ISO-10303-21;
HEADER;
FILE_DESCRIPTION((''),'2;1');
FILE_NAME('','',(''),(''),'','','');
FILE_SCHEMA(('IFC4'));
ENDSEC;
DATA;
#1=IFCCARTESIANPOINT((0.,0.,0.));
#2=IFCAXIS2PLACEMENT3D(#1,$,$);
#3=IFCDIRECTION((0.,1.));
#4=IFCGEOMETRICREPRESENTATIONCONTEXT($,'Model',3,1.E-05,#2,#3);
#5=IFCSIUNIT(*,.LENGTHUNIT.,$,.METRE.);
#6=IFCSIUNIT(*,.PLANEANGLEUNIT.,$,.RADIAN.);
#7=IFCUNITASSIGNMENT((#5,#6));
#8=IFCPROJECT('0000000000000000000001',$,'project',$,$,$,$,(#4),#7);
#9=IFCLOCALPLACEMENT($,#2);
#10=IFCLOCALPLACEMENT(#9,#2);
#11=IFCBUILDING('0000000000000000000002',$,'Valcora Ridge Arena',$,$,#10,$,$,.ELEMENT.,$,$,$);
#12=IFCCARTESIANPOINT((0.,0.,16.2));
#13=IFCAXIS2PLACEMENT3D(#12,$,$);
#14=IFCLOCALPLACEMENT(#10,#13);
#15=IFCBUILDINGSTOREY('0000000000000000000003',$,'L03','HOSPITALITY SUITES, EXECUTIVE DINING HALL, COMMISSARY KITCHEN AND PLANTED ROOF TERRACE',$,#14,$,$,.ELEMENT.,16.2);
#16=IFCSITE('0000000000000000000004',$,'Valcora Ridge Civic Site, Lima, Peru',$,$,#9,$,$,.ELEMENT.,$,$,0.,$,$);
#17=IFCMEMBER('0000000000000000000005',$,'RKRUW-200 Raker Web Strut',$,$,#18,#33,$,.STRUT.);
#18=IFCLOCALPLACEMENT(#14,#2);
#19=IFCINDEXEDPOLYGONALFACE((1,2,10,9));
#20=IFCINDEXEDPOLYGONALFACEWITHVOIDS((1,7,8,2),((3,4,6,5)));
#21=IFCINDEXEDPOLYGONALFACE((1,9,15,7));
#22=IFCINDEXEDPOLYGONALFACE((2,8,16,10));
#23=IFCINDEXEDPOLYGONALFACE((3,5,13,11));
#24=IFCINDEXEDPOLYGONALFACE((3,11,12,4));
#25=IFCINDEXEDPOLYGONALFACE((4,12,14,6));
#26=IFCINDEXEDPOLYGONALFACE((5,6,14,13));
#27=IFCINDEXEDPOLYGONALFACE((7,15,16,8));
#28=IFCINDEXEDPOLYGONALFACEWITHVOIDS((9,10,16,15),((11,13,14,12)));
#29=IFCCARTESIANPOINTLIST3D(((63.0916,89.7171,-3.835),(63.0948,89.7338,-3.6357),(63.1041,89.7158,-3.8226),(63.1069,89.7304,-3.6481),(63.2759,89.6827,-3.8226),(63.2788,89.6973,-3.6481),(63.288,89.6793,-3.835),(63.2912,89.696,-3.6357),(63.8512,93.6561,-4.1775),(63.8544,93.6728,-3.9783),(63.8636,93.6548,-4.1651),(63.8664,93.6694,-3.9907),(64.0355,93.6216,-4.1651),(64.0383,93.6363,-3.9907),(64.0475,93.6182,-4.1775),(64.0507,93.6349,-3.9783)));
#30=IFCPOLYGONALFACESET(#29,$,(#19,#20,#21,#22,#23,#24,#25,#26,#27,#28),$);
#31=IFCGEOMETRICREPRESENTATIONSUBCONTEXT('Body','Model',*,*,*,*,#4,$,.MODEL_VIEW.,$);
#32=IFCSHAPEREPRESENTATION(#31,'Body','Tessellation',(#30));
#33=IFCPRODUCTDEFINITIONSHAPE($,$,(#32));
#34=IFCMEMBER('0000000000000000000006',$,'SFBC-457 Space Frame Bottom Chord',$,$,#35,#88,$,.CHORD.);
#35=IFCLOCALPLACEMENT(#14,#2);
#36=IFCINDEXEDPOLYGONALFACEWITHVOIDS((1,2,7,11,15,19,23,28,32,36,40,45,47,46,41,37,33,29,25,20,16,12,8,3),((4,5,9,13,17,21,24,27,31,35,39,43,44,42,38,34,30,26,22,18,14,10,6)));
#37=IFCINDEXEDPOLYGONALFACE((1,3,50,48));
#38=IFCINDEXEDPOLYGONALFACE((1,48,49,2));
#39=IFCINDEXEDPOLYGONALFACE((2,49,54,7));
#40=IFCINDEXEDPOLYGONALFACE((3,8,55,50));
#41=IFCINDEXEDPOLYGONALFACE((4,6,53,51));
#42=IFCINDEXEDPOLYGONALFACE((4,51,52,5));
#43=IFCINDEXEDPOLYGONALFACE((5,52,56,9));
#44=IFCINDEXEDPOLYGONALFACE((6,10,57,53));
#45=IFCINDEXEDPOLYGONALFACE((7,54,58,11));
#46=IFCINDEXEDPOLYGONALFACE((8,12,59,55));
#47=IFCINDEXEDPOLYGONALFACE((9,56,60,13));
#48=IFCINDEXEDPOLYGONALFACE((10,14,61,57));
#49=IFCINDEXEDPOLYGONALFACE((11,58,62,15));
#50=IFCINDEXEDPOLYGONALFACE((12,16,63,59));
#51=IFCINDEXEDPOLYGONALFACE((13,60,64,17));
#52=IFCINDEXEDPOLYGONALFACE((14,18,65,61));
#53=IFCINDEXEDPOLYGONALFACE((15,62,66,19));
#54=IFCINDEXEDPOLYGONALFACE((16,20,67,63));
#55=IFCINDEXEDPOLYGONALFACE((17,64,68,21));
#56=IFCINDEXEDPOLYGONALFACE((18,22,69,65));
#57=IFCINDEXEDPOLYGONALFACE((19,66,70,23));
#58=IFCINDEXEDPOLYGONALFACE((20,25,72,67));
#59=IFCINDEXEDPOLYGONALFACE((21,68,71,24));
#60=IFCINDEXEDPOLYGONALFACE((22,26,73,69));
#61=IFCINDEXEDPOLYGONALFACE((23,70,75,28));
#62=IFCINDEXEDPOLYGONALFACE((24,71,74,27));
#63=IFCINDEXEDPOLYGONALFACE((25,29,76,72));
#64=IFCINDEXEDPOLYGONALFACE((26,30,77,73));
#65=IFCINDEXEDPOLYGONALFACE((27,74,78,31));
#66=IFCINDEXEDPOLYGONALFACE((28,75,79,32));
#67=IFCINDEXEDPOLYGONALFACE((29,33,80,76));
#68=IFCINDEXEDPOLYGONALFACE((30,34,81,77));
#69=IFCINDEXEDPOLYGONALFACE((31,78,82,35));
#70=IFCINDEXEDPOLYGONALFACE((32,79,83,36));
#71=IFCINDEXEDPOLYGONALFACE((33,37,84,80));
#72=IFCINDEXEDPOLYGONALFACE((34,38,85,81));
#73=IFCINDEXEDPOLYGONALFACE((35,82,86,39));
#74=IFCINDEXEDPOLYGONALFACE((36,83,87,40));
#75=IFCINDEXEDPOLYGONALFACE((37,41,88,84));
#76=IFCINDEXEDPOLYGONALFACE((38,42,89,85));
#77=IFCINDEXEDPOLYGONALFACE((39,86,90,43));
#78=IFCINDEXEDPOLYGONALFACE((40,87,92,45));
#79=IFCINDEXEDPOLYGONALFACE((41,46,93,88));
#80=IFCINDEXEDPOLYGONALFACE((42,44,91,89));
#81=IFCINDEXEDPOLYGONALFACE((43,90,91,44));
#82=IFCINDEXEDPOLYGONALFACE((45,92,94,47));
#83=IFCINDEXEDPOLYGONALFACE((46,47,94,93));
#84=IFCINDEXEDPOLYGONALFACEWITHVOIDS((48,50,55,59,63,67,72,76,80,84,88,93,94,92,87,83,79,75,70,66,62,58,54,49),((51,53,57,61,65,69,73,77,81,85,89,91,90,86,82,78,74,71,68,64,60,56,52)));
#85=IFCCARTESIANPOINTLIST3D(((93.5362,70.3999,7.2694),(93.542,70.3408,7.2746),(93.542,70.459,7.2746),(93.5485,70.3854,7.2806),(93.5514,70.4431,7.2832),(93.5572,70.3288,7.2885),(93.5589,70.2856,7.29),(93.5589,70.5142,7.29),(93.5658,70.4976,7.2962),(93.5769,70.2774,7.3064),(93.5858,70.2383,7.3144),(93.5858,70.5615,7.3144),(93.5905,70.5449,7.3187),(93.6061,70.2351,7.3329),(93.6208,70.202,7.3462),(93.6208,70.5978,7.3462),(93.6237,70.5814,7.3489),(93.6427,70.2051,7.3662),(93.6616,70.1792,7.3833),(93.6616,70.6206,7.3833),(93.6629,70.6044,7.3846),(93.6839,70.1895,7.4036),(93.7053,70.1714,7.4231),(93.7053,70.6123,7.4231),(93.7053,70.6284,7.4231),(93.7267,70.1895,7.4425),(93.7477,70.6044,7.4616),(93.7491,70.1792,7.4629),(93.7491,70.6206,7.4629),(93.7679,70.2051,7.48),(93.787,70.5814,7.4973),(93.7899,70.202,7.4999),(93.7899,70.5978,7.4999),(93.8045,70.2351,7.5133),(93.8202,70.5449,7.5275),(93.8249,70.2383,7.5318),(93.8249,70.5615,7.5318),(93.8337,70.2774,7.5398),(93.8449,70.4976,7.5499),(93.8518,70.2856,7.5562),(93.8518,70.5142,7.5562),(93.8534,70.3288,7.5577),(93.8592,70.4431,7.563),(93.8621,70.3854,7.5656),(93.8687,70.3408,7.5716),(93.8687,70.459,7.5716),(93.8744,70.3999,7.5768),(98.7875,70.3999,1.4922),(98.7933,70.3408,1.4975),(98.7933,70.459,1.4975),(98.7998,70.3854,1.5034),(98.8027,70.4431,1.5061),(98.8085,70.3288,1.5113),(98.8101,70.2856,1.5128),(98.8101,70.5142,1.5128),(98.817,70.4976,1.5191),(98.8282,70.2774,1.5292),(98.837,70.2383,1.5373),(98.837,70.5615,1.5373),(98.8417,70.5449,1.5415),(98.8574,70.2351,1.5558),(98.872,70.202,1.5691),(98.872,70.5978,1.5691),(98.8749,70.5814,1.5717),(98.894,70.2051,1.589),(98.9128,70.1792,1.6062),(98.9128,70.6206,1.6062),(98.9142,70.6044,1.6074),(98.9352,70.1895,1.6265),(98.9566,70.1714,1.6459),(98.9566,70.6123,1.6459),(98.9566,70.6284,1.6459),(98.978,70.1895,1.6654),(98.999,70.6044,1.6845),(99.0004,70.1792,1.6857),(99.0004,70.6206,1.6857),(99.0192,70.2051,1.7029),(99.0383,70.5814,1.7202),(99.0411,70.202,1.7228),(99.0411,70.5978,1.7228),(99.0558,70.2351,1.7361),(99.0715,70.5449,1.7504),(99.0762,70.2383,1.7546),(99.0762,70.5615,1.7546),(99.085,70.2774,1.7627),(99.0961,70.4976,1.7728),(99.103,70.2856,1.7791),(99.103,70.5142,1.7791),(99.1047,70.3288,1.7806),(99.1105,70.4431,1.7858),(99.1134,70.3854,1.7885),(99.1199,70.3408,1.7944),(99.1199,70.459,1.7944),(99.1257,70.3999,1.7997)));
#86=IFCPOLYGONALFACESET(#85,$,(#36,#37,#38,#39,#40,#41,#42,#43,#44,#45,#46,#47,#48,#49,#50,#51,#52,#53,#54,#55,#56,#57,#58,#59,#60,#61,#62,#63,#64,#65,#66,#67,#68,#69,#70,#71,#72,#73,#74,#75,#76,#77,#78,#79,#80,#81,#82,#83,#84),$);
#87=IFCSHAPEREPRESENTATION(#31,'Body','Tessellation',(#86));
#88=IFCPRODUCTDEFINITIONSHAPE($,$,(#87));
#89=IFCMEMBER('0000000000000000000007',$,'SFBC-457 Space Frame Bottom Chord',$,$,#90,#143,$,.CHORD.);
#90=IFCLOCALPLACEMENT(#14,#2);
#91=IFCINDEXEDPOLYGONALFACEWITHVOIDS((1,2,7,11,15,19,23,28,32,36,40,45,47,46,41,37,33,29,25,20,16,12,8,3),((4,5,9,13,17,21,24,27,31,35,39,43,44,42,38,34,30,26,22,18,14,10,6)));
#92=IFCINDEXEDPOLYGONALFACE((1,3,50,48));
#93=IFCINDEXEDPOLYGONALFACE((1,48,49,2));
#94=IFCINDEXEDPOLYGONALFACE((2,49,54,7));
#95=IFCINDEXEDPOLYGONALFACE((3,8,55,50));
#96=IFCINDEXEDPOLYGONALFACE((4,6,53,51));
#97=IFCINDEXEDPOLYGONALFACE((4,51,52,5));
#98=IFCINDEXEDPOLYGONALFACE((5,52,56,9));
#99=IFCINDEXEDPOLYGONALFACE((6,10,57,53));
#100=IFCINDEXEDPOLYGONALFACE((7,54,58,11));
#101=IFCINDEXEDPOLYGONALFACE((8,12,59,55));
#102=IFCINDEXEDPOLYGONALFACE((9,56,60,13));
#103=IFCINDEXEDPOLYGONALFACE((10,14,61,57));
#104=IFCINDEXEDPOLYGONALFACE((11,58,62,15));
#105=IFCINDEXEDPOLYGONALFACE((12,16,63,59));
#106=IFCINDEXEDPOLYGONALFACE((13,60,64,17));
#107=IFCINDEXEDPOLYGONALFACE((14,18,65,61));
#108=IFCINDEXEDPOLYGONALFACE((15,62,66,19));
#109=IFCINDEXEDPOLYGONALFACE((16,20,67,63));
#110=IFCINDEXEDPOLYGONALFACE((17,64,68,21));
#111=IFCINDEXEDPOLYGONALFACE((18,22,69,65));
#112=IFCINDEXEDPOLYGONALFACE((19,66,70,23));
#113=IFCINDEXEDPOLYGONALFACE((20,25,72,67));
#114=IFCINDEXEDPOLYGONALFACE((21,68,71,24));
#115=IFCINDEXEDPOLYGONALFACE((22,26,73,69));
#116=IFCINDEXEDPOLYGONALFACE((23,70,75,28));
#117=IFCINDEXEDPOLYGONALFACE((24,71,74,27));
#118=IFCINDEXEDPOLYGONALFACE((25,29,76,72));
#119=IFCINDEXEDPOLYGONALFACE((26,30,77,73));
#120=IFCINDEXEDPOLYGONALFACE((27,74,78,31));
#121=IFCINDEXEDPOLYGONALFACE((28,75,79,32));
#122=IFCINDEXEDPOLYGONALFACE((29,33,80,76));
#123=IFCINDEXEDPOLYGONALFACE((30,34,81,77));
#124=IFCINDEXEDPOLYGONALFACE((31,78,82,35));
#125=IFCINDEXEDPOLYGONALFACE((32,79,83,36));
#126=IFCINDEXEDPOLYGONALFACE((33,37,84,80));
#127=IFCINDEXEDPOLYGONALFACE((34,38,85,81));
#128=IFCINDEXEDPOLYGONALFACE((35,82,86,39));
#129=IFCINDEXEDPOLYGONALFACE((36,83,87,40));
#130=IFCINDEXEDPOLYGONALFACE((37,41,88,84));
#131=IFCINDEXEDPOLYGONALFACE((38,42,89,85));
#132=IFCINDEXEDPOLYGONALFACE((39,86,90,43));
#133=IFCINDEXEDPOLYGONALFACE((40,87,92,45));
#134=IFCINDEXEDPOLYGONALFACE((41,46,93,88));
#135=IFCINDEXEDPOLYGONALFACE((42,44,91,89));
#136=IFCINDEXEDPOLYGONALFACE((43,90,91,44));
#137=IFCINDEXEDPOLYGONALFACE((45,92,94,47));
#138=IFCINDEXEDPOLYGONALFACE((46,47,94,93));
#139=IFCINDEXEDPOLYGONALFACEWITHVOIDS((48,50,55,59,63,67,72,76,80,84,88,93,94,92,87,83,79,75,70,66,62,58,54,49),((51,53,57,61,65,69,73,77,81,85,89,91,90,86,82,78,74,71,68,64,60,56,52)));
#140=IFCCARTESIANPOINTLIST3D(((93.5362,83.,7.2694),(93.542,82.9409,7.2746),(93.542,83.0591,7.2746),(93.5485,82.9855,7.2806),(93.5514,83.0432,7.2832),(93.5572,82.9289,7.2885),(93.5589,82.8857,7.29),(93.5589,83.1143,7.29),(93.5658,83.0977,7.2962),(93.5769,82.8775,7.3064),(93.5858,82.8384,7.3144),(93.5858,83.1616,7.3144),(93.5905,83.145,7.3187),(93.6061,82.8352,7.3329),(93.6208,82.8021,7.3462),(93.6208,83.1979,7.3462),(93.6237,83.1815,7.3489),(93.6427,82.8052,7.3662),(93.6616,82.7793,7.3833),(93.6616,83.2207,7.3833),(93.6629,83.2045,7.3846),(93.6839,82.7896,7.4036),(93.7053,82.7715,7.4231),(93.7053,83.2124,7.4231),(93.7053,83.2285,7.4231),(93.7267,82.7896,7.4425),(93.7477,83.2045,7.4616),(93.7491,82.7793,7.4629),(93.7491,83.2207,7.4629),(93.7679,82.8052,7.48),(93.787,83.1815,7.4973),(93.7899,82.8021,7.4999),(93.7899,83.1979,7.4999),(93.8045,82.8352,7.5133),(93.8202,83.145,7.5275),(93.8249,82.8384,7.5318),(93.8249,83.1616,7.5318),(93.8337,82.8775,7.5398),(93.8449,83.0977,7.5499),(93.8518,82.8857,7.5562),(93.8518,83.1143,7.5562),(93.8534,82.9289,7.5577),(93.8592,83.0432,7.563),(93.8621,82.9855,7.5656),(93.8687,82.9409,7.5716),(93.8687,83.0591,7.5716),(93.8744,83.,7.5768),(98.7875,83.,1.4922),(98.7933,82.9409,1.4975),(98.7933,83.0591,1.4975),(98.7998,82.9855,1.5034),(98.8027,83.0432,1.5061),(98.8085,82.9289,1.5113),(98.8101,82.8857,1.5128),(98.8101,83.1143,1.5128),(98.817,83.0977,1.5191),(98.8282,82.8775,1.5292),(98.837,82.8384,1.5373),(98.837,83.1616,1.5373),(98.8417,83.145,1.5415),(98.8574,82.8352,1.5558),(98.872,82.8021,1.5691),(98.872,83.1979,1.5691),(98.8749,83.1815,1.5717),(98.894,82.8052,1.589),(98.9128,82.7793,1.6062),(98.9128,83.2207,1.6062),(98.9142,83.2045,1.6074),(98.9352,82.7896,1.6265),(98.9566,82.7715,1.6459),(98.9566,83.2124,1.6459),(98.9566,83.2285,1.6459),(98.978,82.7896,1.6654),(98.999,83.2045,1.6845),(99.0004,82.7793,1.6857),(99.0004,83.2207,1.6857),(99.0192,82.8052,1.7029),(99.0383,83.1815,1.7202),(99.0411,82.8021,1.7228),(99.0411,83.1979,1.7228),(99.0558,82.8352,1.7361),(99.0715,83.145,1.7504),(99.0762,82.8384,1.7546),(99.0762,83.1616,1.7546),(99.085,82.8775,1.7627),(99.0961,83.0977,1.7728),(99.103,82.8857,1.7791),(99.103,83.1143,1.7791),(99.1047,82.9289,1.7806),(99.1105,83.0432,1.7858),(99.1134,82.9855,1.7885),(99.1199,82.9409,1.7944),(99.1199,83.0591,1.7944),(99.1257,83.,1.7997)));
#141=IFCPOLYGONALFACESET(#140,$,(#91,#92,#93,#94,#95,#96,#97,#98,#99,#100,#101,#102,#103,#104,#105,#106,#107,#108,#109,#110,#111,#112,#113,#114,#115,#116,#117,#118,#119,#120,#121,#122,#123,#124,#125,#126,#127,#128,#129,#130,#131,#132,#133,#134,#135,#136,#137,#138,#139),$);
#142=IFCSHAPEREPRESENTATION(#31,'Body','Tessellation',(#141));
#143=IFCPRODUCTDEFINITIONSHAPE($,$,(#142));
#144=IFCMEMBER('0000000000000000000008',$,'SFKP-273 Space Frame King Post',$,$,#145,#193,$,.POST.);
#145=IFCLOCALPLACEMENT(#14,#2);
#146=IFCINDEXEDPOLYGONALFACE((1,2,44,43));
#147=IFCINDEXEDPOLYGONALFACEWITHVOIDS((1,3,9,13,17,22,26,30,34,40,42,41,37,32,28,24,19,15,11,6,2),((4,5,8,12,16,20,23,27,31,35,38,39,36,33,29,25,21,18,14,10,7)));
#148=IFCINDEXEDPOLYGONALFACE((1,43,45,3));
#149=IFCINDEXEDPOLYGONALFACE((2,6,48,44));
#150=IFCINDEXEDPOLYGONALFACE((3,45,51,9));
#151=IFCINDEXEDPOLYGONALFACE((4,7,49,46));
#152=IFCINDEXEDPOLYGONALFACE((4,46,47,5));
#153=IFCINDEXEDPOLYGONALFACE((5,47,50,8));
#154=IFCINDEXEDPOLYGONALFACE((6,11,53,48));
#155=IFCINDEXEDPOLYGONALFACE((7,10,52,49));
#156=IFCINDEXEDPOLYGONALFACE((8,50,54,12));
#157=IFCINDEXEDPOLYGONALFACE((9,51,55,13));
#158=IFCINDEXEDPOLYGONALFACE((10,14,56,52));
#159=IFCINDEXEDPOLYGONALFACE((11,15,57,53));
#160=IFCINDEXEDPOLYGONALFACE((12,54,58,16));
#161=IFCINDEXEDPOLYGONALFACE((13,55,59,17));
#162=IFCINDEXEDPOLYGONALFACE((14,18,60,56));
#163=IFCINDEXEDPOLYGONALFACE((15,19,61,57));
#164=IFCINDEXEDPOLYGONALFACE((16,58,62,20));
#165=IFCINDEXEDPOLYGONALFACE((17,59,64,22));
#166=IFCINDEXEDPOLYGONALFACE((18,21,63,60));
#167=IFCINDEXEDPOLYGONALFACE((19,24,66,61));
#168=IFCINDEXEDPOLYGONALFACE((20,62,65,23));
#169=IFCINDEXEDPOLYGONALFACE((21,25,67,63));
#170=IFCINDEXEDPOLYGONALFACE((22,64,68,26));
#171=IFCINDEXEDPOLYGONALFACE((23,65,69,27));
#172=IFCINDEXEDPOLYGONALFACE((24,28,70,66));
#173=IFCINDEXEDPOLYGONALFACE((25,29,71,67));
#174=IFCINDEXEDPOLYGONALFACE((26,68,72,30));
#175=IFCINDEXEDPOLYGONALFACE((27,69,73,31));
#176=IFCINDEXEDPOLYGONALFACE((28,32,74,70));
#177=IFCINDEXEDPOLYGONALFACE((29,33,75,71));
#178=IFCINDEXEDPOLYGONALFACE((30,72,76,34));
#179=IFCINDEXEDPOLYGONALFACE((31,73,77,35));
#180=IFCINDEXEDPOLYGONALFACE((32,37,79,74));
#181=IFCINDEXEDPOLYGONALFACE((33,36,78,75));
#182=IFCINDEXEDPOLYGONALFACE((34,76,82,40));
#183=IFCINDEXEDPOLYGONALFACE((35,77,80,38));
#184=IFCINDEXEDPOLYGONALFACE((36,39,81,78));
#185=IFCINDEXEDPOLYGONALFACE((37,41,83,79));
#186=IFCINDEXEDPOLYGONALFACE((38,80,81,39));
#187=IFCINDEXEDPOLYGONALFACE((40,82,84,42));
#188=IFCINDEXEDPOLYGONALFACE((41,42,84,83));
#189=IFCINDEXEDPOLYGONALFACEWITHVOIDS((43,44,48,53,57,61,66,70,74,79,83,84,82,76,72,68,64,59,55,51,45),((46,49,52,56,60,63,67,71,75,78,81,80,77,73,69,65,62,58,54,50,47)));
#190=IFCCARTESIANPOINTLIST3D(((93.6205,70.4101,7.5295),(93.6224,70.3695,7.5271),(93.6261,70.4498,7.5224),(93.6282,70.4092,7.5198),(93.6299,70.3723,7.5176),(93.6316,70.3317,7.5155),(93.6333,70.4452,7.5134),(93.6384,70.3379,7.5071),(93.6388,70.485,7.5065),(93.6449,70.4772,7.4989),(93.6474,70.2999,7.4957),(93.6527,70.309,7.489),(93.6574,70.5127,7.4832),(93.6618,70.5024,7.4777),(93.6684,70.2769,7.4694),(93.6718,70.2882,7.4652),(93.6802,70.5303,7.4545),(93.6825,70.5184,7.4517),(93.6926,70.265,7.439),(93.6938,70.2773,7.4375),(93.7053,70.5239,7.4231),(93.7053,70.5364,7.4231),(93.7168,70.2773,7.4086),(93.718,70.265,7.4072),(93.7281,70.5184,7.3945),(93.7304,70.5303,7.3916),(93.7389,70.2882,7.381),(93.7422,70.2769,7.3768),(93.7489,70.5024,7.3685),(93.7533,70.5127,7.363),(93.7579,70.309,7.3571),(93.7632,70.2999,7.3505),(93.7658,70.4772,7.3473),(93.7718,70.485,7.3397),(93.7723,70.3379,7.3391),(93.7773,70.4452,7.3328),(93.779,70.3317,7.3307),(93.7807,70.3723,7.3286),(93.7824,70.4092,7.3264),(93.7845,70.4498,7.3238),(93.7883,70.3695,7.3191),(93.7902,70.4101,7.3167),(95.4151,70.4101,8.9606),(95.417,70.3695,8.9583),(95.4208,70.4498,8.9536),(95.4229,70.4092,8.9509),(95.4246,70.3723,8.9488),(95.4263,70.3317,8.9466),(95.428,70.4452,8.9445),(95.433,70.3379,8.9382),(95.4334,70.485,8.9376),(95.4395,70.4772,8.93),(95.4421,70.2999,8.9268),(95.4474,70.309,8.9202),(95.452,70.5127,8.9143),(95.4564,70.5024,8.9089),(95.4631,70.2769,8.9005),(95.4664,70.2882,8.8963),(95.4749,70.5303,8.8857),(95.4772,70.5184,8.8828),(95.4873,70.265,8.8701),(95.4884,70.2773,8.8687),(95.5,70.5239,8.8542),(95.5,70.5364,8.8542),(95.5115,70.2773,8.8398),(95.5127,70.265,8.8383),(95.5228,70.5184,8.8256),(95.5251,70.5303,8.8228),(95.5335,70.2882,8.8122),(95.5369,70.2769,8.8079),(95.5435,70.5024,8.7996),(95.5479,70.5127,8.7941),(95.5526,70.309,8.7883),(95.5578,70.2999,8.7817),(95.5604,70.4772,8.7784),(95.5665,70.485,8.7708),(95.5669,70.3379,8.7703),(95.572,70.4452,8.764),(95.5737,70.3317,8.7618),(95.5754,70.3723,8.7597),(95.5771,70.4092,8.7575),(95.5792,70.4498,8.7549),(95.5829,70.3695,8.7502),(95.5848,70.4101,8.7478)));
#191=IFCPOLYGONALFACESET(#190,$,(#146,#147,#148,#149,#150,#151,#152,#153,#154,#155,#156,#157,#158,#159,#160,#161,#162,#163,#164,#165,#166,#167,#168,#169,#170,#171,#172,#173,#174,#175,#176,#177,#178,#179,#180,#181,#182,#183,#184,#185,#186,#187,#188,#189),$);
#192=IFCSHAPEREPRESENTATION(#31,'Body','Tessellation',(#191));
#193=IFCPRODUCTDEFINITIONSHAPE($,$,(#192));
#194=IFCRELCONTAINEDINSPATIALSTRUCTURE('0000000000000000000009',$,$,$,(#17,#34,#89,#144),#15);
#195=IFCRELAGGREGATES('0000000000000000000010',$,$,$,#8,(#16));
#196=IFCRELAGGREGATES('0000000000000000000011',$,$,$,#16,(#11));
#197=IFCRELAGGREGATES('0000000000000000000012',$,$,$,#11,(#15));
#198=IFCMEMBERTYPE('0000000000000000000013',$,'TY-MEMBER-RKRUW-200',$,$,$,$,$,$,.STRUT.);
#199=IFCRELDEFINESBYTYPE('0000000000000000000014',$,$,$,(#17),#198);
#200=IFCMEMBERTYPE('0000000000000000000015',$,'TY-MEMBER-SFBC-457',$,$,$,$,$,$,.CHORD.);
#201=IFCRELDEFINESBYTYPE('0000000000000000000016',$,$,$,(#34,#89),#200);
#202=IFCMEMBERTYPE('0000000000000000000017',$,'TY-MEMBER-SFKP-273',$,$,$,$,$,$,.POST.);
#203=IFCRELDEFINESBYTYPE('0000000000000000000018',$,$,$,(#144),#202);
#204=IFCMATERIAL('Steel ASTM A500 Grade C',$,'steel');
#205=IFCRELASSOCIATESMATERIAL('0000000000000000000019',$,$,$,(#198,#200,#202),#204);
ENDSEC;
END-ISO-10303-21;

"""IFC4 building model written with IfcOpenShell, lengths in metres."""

from ifc_helpers import new_model, si_unit, direction, frame, origin, origin_2d, place, context, subcontext, project, spatial, hollow_rectangle, hollow_circle, extrude, material, material_profile, profile_set, type_object, element, save


model = new_model("IFC4")

# Units and contexts
model_context = context("Model", 3, precision=1e-05, world=origin(), true_north=direction((0.0, 1.0)))
body_context = subcontext(model_context, "Body", "Model", "MODEL_VIEW")
ifc_project = project(units=[si_unit("LENGTHUNIT", "METRE"), si_unit("PLANEANGLEUNIT", "RADIAN")], contexts=[model_context])

# Site, building, storey
site_placement = place(None, origin())
site = spatial("IfcSite", under=ifc_project, at=site_placement, Name="Valcora Ridge Civic Site, Lima, Peru", CompositionType="ELEMENT", RefElevation=0.0)
building_placement = place(site_placement, origin())
building = spatial("IfcBuilding", under=site, at=building_placement, Name="Valcora Ridge Arena", CompositionType="ELEMENT")
storey_placement = place(building_placement, frame((0.0, 0.0, 16.2)))
storey = spatial("IfcBuildingStorey", under=building, at=storey_placement, Name="L03", Description="HOSPITALITY SUITES, EXECUTIVE DINING HALL, COMMISSARY KITCHEN AND PLANTED ROOF TERRACE", CompositionType="ELEMENT", Elevation=16.2)

# Members
ifc_material_1 = material(Name="Steel ASTM A500 Grade C", Category="steel")
ifc_material_profile_1 = material_profile(ifc_material_1, hollow_rectangle(XDim=0.2, YDim=0.2, WallThickness=0.0125, at=origin_2d()), Name="HSS200X200X12")
ifc_profile_set_1 = profile_set([ifc_material_profile_1], Name="Steel ASTM A500 Grade C")
member_type_1 = type_object("IfcMemberType", Name="TY-MEMBER-RKRUW-200", PredefinedType="STRUT", material=ifc_profile_set_1)
member_1_placement = place(storey_placement, frame((63.1914, 89.7065, -3.7354), z_axis=(0.188648, 0.978353, -0.085077), x_axis=(-0.981913, 0.189335, 0.0)))
element("IfcMember", 1, at=member_1_placement, inside=storey, type_object=member_type_1, Name="RKRUW-200 Raker Web Strut", PredefinedType="STRUT", context=body_context, shape_type="SweptSolid", body=[
    extrude(hollow_rectangle(XDim=0.2, YDim=0.2, WallThickness=0.0125, at=origin_2d()), origin(), (0.0, 0.0, 1.0), 4.0261),
])
ifc_material_profile_2 = material_profile(ifc_material_1, hollow_circle(Radius=0.2285, WallThickness=0.0161, at=origin_2d()), Name="CHS457X16")
ifc_profile_set_2 = profile_set([ifc_material_profile_2], Name="Steel ASTM A500 Grade C")
member_type_2 = type_object("IfcMemberType", Name="TY-MEMBER-SFBC-457", PredefinedType="CHORD", material=ifc_profile_set_2)
for number, where, z_axis, x_axis, name in (
    (2, (93.7053, 70.3999, 7.4231), (0.672625, 0.0, -0.739984), (0.0, 1.0, 0.0), "SFBC-457 Space Frame Bottom Chord"),
    (3, (93.7053, 83.0, 7.4231), (0.672625, 0.0, -0.739984), (0.0, 1.0, 0.0), "SFBC-457 Space Frame Bottom Chord"),
):
    element("IfcMember", number, at=place(storey_placement, frame(where, z_axis=z_axis, x_axis=x_axis)), inside=storey, type_object=member_type_2, Name=name, PredefinedType="CHORD", context=body_context, shape_type="SweptSolid", body=[
        extrude(hollow_circle(Radius=0.2285, WallThickness=0.0161, at=origin_2d()), origin(), (0.0, 0.0, 1.0), 7.8071),
    ])
ifc_material_profile_3 = material_profile(ifc_material_1, hollow_circle(Radius=0.1365, WallThickness=0.0125, at=origin_2d()), Name="CHS273X12")
ifc_profile_set_3 = profile_set([ifc_material_profile_3], Name="Steel ASTM A500 Grade C")
member_type_3 = type_object("IfcMemberType", Name="TY-MEMBER-SFKP-273", PredefinedType="POST", material=ifc_profile_set_3)
for number, where, z_axis, x_axis, name in (
    (4, (93.7053, 70.3999, 7.4231), (0.781843, 0.0, 0.623475), (0.0, 1.0, 0.0), "SFKP-273 Space Frame King Post"),
):
    element("IfcMember", number, at=place(storey_placement, frame(where, z_axis=z_axis, x_axis=x_axis)), inside=storey, type_object=member_type_3, Name=name, PredefinedType="POST", context=body_context, shape_type="SweptSolid", body=[
        extrude(hollow_circle(Radius=0.1365, WallThickness=0.0125, at=origin_2d()), origin(), (0.0, 0.0, 1.0), 2.2954),
    ])

save(model, "model.ifc")
